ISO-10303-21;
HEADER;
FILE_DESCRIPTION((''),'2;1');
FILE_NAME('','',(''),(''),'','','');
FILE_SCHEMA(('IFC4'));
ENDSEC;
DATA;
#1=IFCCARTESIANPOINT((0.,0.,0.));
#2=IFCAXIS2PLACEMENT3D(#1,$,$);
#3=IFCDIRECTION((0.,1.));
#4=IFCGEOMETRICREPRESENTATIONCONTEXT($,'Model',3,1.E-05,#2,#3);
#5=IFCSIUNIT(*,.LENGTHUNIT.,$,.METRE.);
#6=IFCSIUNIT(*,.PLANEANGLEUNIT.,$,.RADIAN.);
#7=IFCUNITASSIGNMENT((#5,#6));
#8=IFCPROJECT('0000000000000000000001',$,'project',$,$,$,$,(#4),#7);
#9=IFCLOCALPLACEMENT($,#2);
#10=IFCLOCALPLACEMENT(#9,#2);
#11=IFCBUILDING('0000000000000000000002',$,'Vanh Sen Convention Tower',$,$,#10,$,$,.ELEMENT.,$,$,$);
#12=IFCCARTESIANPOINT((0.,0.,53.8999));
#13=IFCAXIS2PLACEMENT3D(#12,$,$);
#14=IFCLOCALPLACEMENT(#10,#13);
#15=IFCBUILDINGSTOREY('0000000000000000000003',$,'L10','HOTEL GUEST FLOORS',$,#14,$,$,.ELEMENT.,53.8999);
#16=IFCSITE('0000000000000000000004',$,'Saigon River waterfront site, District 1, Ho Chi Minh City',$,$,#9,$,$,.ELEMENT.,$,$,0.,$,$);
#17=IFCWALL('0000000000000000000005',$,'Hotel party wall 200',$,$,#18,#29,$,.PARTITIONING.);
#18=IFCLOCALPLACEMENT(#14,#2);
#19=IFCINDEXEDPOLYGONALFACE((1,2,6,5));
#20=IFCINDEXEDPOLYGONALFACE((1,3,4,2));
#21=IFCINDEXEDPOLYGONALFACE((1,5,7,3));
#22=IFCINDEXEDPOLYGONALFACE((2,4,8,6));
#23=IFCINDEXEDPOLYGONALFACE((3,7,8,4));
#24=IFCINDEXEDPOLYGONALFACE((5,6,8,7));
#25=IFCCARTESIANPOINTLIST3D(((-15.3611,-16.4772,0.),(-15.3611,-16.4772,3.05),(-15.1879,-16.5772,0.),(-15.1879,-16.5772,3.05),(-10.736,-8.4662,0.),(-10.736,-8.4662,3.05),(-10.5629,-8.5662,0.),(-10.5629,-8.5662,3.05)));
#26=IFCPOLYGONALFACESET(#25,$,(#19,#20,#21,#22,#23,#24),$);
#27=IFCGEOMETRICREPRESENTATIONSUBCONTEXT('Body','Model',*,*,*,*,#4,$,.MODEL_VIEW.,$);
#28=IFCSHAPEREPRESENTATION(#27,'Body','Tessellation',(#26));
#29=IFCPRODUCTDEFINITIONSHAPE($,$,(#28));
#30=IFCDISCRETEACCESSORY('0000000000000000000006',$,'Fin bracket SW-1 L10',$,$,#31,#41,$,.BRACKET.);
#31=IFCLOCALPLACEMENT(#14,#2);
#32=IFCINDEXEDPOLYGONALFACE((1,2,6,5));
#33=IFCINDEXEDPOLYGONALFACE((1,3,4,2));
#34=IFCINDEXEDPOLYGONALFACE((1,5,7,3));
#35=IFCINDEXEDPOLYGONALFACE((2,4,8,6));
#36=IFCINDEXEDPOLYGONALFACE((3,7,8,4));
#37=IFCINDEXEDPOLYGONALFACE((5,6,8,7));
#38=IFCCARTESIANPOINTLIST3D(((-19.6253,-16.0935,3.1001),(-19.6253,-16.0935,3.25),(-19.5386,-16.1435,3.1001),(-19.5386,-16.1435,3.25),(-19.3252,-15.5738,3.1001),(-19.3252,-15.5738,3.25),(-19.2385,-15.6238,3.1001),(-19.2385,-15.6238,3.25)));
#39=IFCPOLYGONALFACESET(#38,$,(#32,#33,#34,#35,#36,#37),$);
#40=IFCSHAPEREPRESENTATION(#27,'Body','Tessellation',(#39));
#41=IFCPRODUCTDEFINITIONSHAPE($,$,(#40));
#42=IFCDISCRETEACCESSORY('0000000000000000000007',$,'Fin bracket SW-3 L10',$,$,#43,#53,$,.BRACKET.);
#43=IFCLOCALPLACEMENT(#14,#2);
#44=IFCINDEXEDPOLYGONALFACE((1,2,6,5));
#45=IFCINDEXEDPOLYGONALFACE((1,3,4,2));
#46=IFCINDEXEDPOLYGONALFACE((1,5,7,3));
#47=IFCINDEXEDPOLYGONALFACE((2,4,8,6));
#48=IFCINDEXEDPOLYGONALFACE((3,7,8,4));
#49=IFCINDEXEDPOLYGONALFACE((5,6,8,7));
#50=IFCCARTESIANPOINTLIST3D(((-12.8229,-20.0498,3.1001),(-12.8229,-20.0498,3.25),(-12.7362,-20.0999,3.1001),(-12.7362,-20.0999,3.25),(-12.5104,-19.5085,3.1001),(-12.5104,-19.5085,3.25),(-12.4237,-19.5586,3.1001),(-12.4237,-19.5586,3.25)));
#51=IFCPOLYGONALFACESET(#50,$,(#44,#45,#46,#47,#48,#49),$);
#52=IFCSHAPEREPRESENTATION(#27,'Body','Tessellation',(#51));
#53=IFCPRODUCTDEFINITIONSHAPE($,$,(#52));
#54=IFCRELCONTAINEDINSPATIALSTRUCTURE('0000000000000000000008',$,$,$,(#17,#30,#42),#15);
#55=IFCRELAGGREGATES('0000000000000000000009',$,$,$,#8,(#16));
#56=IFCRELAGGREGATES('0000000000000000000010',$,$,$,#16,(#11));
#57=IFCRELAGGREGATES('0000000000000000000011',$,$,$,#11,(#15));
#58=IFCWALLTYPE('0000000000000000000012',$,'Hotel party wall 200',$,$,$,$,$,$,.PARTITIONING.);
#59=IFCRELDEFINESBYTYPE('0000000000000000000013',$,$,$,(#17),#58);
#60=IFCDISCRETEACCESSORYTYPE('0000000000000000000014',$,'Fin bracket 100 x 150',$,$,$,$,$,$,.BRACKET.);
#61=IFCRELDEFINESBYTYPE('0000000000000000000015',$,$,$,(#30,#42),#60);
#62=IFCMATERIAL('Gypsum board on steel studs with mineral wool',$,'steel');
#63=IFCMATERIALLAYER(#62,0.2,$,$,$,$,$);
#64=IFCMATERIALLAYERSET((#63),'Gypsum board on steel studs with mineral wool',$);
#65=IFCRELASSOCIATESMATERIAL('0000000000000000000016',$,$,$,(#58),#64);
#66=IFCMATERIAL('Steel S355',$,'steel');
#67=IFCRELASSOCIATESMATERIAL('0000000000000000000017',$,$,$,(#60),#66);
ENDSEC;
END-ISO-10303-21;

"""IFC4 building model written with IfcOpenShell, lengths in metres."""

from ifc_helpers import new_model, si_unit, direction, frame, frame_2d, origin, origin_2d, place, context, subcontext, project, spatial, rectangle, extrude, material, layer, layer_set, type_object, element, save


model = new_model("IFC4")

# Units and contexts
model_context = context("Model", 3, precision=1e-05, world=origin(), true_north=direction((0.0, 1.0)))
body_context = subcontext(model_context, "Body", "Model", "MODEL_VIEW")
ifc_project = project(units=[si_unit("LENGTHUNIT", "METRE"), si_unit("PLANEANGLEUNIT", "RADIAN")], contexts=[model_context])

# Site, building, storey
site_placement = place(None, origin())
site = spatial("IfcSite", under=ifc_project, at=site_placement, Name="Saigon River waterfront site, District 1, Ho Chi Minh City", CompositionType="ELEMENT", RefElevation=0.0)
building_placement = place(site_placement, origin())
building = spatial("IfcBuilding", under=site, at=building_placement, Name="Vanh Sen Convention Tower", CompositionType="ELEMENT")
storey_placement = place(building_placement, frame((0.0, 0.0, 53.8999)))
storey = spatial("IfcBuildingStorey", under=building, at=storey_placement, Name="L10", Description="HOTEL GUEST FLOORS", CompositionType="ELEMENT", Elevation=53.8999)

# Wall
ifc_material_1 = material(Name="Gypsum board on steel studs with mineral wool", Category="steel")
ifc_layer_1 = layer(ifc_material_1, 0.2)
ifc_layer_set_1 = layer_set([ifc_layer_1], Name="Gypsum board on steel studs with mineral wool")
wall_type_1 = type_object("IfcWallType", Name="Hotel party wall 200", PredefinedType="PARTITIONING", material=ifc_layer_set_1)
wall_1_placement = place(storey_placement, frame((-15.2744, -16.5271, 0.0), z_axis=(0.0, 0.0, 1.0), x_axis=(0.499988, 0.866032, 0.0)))
element("IfcWall", 1, at=wall_1_placement, inside=storey, type_object=wall_type_1, Name="Hotel party wall 200", PredefinedType="PARTITIONING", context=body_context, shape_type="SweptSolid", body=[
    extrude(rectangle(XDim=9.2502, YDim=0.2, at=frame_2d((4.625, 0.0))), origin(), (0.0, 0.0, 1.0), 3.05),
])

# Discrete accessories
ifc_material_2 = material(Name="Steel S355", Category="steel")
discrete_accessory_type = type_object("IfcDiscreteAccessoryType", Name="Fin bracket 100 x 150", PredefinedType="BRACKET", material=ifc_material_2)
discrete_accessory_1_placement = place(storey_placement, frame((-19.4319, -15.8586, 3.1001), z_axis=(0.0, 0.0, 1.0), x_axis=(-0.5, -0.866025, 0.0)))
element("IfcDiscreteAccessory", 2, at=discrete_accessory_1_placement, inside=storey, type_object=discrete_accessory_type, Name="Fin bracket SW-1 L10", PredefinedType="BRACKET", context=body_context, shape_type="SweptSolid", body=[
    extrude(rectangle(XDim=0.6001, YDim=0.1001, at=origin_2d()), origin(), (0.0, 0.0, 1.0), 0.1499),
])
discrete_accessory_2_placement = place(storey_placement, frame((-12.6233, -19.8042, 3.1001), z_axis=(0.0, 0.0, 1.0), x_axis=(-0.5, -0.866025, 0.0)))
element("IfcDiscreteAccessory", 3, at=discrete_accessory_2_placement, inside=storey, type_object=discrete_accessory_type, Name="Fin bracket SW-3 L10", PredefinedType="BRACKET", context=body_context, shape_type="SweptSolid", body=[
    extrude(rectangle(XDim=0.625, YDim=0.1001, at=origin_2d()), origin(), (0.0, 0.0, 1.0), 0.1499),
])

save(model, "model.ifc")
